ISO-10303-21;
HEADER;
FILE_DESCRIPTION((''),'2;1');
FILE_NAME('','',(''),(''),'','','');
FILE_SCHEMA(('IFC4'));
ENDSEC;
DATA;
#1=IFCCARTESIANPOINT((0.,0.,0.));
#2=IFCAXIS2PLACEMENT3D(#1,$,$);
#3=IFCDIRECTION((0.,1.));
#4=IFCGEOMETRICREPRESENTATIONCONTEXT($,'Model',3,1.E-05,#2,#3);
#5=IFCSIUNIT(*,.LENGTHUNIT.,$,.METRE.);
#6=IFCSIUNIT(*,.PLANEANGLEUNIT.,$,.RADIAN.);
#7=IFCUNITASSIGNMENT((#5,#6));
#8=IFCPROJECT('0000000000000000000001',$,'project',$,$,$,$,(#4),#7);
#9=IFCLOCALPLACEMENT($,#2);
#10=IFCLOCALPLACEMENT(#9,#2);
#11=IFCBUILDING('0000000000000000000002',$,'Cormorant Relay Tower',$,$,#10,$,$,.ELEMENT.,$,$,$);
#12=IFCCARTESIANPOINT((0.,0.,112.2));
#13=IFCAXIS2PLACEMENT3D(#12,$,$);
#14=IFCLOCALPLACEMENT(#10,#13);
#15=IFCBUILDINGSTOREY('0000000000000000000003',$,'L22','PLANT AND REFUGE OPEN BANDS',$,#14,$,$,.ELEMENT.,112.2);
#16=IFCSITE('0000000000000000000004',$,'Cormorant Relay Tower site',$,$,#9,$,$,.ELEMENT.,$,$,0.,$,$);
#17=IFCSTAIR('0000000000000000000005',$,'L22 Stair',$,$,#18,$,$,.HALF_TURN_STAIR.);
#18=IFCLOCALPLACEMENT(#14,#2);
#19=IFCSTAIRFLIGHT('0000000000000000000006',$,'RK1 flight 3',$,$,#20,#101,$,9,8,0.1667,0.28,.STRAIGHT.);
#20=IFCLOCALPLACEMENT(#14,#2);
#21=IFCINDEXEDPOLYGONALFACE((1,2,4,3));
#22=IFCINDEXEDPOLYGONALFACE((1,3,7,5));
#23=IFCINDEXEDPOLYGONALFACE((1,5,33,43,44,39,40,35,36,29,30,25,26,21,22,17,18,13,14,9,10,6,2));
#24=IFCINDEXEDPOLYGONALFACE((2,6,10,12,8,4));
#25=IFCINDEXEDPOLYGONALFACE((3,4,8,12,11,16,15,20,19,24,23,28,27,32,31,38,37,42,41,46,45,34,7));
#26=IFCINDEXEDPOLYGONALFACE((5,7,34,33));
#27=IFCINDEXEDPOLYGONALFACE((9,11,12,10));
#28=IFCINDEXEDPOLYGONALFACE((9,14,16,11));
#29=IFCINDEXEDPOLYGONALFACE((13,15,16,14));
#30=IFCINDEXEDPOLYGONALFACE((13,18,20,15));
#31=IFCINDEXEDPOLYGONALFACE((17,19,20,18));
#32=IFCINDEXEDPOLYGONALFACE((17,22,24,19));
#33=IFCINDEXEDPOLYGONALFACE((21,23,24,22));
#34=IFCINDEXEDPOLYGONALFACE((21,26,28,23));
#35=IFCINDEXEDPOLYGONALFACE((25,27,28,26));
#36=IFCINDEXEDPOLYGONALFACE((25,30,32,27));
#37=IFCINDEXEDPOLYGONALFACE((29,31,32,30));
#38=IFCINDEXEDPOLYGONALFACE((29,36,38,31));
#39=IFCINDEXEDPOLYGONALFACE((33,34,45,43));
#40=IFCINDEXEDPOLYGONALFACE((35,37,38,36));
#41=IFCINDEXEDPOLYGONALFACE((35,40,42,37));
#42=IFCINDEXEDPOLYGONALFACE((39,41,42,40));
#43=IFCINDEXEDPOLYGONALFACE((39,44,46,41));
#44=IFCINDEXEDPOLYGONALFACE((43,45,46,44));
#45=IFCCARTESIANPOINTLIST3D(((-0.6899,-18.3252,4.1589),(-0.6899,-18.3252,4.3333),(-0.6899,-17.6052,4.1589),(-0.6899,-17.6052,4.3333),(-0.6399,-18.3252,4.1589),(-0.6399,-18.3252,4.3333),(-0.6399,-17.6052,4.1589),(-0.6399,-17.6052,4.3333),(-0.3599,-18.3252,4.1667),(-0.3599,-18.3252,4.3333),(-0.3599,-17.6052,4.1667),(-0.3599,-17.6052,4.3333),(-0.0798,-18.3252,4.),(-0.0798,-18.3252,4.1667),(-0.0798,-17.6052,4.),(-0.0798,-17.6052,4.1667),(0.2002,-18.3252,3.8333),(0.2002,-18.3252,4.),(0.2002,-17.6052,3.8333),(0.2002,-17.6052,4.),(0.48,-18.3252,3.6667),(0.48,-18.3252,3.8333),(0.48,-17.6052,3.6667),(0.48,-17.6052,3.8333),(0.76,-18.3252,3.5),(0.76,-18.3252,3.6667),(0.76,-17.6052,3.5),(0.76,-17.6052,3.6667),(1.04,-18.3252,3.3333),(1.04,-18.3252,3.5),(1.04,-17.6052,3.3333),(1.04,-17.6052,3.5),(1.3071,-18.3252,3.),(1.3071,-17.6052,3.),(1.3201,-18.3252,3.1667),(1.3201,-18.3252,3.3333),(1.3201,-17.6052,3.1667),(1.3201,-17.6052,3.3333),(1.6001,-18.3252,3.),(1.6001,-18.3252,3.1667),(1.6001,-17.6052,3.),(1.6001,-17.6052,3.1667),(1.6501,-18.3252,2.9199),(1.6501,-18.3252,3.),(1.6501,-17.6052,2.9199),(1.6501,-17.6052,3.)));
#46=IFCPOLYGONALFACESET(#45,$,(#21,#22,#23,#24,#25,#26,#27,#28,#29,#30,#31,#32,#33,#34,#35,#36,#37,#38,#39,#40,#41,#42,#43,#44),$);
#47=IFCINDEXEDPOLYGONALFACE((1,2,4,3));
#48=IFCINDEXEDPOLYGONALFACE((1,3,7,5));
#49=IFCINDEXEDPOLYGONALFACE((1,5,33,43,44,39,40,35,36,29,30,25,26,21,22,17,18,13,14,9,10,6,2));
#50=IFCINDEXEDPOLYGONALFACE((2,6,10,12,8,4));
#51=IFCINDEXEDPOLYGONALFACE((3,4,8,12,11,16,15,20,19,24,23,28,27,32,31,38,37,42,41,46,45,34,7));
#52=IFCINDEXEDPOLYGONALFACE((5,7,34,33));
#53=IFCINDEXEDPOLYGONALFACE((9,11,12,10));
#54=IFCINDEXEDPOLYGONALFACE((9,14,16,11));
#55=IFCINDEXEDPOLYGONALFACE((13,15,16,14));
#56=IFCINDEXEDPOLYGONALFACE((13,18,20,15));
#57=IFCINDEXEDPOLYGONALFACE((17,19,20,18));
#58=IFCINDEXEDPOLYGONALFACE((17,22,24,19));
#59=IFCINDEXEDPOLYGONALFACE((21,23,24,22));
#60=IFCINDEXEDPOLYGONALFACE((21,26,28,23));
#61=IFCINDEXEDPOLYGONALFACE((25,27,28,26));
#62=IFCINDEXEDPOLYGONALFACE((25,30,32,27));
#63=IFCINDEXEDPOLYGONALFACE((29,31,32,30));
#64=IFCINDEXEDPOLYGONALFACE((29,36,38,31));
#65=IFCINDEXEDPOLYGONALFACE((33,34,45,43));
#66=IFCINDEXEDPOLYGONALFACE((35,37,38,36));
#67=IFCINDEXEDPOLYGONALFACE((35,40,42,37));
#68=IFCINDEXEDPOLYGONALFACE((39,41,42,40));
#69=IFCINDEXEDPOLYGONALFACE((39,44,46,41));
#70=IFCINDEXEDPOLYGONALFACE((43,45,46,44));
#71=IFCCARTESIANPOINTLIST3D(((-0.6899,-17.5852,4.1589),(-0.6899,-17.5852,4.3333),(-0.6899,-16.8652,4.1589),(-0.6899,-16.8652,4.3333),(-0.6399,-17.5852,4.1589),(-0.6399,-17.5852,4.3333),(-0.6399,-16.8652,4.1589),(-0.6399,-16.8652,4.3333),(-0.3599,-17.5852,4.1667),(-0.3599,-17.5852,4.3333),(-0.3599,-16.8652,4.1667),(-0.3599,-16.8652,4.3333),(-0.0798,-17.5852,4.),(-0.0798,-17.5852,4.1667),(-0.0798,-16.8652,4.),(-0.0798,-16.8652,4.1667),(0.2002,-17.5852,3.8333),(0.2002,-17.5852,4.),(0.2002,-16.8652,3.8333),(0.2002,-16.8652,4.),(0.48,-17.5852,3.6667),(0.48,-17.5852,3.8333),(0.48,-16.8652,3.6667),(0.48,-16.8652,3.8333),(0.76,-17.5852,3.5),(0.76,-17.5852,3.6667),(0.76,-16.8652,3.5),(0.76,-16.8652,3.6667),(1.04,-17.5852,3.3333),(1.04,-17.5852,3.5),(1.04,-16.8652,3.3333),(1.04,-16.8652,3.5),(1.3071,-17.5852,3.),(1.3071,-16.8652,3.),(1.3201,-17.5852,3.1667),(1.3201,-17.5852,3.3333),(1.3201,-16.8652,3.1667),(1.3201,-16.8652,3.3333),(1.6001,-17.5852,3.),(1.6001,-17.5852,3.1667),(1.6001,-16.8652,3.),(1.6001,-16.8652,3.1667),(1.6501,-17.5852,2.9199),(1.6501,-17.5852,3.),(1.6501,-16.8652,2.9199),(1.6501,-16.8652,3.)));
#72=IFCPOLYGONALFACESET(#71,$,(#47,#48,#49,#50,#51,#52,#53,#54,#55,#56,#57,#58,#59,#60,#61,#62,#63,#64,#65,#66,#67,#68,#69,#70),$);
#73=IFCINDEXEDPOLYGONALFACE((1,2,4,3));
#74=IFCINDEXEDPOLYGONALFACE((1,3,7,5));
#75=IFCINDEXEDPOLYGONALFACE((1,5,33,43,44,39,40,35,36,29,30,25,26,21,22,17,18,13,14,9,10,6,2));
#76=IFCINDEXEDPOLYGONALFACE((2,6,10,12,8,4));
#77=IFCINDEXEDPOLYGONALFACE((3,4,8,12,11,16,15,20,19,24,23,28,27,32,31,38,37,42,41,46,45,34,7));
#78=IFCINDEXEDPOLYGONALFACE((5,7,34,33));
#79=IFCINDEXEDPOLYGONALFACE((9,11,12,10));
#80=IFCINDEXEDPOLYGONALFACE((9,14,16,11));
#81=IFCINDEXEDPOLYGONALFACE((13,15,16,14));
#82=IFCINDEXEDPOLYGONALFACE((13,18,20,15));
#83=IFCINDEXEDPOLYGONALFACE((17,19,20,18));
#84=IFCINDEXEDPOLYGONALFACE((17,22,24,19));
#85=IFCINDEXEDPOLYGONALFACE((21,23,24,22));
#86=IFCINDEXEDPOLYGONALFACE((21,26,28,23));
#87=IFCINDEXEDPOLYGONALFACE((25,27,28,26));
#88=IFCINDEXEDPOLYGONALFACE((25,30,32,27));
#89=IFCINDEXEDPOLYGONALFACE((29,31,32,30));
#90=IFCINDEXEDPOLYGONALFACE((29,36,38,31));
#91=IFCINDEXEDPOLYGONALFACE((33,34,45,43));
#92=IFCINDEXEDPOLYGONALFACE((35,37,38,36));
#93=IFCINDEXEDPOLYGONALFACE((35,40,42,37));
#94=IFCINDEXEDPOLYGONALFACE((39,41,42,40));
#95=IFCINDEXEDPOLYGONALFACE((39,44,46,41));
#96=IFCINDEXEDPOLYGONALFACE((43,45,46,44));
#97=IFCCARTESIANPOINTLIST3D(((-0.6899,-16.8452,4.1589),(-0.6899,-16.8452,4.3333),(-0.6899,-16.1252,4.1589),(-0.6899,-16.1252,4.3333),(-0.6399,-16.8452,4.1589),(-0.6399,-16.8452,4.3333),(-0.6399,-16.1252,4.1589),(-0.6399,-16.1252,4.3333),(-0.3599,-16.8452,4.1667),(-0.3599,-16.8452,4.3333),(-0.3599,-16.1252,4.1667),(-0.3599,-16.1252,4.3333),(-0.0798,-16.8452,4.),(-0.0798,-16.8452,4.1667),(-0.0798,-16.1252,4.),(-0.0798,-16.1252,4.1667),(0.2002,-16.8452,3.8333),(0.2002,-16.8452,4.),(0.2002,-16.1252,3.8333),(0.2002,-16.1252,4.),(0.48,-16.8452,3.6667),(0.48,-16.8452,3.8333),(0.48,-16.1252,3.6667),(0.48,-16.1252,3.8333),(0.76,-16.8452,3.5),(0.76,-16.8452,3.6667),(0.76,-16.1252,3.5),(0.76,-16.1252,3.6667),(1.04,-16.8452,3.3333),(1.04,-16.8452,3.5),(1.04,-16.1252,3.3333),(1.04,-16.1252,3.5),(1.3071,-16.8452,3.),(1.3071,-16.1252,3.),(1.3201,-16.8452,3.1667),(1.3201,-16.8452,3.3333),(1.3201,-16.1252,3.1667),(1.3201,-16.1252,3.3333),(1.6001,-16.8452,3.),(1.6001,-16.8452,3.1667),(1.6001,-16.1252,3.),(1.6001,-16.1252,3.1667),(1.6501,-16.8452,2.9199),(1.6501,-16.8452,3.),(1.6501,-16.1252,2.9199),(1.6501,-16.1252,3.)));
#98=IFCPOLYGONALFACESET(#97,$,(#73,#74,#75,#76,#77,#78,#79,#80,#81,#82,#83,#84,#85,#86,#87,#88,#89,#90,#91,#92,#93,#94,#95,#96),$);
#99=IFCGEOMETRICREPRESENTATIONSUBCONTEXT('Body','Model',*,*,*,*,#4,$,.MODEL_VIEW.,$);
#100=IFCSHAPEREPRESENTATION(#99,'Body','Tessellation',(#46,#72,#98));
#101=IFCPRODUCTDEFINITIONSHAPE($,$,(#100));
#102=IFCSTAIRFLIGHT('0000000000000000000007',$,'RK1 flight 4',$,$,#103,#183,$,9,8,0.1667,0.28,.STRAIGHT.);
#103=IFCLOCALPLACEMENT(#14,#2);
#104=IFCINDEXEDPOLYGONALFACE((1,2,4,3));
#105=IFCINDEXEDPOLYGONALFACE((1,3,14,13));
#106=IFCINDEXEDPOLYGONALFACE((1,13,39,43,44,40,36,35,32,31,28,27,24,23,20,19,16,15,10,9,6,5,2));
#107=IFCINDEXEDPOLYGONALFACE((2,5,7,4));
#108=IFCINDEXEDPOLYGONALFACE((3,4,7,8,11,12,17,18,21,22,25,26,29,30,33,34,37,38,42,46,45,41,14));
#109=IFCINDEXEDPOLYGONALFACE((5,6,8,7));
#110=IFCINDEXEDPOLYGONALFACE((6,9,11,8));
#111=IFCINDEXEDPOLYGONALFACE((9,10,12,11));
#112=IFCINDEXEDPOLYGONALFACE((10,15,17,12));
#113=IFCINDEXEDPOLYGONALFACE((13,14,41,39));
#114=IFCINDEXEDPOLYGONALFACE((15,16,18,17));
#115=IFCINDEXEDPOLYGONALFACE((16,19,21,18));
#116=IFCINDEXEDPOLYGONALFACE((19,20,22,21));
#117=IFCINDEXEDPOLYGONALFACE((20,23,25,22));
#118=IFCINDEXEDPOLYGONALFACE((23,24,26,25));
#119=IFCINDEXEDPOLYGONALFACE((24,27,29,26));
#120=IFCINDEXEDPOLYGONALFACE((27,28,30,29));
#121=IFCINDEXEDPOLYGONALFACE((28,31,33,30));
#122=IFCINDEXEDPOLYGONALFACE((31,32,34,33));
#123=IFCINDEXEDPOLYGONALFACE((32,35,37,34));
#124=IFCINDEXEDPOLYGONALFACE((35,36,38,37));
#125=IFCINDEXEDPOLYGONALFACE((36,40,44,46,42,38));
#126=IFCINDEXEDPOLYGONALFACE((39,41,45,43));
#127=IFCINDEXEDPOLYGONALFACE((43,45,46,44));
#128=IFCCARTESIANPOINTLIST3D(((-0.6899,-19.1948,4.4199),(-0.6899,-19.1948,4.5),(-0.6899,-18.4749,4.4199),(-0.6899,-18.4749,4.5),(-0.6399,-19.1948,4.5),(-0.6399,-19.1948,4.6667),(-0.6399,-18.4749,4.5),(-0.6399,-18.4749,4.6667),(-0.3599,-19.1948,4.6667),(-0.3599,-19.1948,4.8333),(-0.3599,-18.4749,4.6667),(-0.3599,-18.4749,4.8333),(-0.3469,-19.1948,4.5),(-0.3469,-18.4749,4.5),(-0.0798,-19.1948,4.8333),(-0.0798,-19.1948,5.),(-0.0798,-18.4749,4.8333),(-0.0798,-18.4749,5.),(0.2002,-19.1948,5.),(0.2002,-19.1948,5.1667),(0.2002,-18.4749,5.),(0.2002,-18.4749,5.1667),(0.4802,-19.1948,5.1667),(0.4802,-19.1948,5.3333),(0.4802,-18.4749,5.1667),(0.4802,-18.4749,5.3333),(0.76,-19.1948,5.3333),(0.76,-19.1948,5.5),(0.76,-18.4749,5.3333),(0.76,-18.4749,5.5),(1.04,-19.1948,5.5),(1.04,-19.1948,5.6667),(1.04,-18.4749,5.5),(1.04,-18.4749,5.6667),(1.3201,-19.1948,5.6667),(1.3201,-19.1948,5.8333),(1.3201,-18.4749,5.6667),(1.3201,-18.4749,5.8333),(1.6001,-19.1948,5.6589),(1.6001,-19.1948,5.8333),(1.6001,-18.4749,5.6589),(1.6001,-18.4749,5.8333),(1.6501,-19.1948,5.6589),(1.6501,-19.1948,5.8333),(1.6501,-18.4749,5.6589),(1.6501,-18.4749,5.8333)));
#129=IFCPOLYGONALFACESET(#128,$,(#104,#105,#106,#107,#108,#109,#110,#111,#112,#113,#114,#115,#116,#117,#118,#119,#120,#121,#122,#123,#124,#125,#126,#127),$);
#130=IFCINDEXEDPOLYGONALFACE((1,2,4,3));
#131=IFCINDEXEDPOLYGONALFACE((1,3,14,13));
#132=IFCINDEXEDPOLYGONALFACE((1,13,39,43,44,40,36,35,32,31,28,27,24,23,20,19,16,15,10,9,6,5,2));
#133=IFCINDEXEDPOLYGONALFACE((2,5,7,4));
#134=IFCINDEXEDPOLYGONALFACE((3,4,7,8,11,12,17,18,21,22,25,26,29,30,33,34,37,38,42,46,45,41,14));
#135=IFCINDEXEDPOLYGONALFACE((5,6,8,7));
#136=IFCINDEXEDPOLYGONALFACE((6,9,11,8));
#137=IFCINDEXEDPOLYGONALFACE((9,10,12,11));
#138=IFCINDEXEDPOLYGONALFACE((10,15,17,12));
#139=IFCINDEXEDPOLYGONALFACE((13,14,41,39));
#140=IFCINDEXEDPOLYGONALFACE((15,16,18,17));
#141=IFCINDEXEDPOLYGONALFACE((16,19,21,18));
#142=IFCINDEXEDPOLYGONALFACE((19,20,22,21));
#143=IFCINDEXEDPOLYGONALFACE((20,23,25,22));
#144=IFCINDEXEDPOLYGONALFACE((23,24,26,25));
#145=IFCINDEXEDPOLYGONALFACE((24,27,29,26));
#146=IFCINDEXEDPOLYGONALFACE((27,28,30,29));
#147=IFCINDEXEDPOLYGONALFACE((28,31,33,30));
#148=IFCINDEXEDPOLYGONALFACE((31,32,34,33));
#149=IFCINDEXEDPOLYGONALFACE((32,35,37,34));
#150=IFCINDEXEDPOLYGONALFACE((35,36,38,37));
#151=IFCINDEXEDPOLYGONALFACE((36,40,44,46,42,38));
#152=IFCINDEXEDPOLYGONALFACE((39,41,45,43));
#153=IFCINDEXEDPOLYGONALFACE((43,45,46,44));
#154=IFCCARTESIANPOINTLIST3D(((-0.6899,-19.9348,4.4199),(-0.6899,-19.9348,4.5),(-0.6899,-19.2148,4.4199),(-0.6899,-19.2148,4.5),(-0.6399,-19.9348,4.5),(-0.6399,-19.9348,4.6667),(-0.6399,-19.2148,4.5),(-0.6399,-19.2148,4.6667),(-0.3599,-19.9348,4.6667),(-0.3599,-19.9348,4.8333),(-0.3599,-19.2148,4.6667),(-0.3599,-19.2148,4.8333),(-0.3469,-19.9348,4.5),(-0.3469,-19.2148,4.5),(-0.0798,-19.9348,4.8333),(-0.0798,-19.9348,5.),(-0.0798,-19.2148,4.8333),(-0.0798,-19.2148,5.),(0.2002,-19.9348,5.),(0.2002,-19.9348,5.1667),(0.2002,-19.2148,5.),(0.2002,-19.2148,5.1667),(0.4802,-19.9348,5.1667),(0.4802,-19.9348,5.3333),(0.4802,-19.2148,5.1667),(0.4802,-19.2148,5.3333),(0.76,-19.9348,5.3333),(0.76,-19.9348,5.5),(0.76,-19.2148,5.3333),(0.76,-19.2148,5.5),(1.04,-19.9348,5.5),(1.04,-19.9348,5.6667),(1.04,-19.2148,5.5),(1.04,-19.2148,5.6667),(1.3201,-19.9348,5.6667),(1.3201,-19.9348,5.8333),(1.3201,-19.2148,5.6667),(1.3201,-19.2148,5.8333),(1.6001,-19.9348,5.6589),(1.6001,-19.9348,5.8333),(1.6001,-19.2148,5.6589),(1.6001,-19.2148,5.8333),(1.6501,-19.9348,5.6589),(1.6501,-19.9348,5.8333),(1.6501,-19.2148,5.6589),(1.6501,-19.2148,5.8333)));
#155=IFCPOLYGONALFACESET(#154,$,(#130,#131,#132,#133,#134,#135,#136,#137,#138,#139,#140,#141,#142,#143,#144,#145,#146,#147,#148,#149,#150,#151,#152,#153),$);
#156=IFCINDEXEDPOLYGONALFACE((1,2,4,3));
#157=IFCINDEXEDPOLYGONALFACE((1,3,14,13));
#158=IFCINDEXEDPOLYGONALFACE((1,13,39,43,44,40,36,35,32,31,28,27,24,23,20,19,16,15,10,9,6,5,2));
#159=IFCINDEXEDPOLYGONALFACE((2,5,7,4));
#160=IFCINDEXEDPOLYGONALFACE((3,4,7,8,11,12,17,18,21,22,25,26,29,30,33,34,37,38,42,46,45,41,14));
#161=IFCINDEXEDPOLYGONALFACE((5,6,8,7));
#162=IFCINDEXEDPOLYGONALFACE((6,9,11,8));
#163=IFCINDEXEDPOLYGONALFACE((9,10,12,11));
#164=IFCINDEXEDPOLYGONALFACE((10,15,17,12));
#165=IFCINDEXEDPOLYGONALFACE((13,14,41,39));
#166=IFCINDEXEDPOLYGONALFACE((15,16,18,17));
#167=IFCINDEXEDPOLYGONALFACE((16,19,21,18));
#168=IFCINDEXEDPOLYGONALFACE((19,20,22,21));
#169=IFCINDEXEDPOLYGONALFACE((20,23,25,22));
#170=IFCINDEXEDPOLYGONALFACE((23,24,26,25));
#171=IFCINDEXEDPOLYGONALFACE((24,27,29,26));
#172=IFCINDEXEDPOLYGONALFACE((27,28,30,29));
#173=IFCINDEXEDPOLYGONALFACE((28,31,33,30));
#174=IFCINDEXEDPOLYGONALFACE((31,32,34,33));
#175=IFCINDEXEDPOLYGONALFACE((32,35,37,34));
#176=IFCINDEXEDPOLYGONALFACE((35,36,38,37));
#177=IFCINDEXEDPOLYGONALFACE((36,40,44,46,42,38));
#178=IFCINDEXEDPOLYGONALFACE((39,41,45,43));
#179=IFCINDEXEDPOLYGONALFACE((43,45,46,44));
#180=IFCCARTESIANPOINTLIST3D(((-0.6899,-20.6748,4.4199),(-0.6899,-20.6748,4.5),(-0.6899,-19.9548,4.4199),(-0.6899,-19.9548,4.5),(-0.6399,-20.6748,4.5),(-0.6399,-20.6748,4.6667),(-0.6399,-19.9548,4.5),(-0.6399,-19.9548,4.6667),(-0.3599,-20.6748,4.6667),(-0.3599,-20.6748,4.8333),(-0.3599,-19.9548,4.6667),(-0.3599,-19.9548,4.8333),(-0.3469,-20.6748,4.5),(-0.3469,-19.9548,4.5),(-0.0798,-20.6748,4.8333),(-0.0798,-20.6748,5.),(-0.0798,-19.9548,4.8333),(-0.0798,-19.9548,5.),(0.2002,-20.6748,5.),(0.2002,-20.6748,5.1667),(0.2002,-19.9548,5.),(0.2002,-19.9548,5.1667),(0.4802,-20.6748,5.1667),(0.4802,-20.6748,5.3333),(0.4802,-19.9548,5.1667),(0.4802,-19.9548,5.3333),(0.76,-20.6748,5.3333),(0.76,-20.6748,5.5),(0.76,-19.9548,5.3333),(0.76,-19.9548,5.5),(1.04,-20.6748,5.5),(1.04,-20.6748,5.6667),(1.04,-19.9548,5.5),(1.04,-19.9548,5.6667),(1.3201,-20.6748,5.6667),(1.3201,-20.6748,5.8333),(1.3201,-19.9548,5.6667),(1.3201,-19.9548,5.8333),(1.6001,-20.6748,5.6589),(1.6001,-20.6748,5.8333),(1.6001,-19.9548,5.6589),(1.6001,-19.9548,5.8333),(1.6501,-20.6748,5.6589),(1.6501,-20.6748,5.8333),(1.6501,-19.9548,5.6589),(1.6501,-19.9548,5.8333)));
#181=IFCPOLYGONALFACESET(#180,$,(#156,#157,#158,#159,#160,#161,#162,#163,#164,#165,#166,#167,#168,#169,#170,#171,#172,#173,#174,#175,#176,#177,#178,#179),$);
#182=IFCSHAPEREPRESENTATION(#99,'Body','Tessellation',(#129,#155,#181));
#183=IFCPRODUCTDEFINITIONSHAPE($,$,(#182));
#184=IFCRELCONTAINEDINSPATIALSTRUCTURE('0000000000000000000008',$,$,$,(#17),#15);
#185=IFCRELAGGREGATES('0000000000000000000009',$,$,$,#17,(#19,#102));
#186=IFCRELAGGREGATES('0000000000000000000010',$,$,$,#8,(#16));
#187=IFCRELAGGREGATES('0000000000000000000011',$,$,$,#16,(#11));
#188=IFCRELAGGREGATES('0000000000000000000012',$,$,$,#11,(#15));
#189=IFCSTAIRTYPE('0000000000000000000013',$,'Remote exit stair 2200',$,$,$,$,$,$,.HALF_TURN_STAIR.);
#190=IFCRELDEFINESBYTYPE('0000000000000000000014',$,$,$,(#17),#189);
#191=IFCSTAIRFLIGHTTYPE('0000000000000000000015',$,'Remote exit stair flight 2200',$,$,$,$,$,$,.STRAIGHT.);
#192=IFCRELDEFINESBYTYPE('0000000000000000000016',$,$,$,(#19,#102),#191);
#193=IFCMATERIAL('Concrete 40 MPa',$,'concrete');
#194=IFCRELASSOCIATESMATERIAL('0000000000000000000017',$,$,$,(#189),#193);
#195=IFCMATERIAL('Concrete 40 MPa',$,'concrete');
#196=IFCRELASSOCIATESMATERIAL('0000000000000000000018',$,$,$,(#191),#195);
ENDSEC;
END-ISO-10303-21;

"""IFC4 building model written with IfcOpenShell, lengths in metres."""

from ifc_helpers import new_model, si_unit, direction, frame, origin, place, context, subcontext, project, spatial, polyline, outline, extrude, material, type_object, element, aggregate, save


model = new_model("IFC4")

# Units and contexts
model_context = context("Model", 3, precision=1e-05, world=origin(), true_north=direction((0.0, 1.0)))
body_context = subcontext(model_context, "Body", "Model", "MODEL_VIEW")
ifc_project = project(units=[si_unit("LENGTHUNIT", "METRE"), si_unit("PLANEANGLEUNIT", "RADIAN")], contexts=[model_context])

# Site, building, storey
site_placement = place(None, origin())
site = spatial("IfcSite", under=ifc_project, at=site_placement, Name="Cormorant Relay Tower site", CompositionType="ELEMENT", RefElevation=0.0)
building_placement = place(site_placement, origin())
building = spatial("IfcBuilding", under=site, at=building_placement, Name="Cormorant Relay Tower", CompositionType="ELEMENT")
storey_placement = place(building_placement, frame((0.0, 0.0, 112.2)))
storey = spatial("IfcBuildingStorey", under=building, at=storey_placement, Name="L22", Description="PLANT AND REFUGE OPEN BANDS", CompositionType="ELEMENT", Elevation=112.2)

# Stair, stair flights
ifc_material_1 = material(Name="Concrete 40 MPa", Category="concrete")
stair_type = type_object("IfcStairType", Name="Remote exit stair 2200", PredefinedType="HALF_TURN_STAIR", material=ifc_material_1)
stair_placement = place(storey_placement, origin())
stair = element("IfcStair", 1, at=stair_placement, inside=storey, type_object=stair_type, Name="L22 Stair", PredefinedType="HALF_TURN_STAIR")
ifc_material_2 = material(Name="Concrete 40 MPa", Category="concrete")
stair_flight_type = type_object("IfcStairFlightType", Name="Remote exit stair flight 2200", PredefinedType="STRAIGHT", material=ifc_material_2)
stair_flight_1_placement = place(storey_placement, frame((1.6001, -17.2251, 3.0), z_axis=(0.0, 0.0, 1.0), x_axis=(-1.0, 0.0, 0.0)))
stair_flight_1 = element("IfcStairFlight", 2, at=stair_flight_1_placement, type_object=stair_flight_type, Name="RK1 flight 3", NumberOfRisers=9, NumberOfTreads=8, PredefinedType="STRAIGHT", RiserHeight=0.1667, TreadLength=0.28, context=body_context, shape_type="SweptSolid", body=[
    extrude(outline(polyline([(-0.05, -0.0801), (-0.05, 0.0), (0.0, 0.0), (0.0, 0.1667), (0.28, 0.1667), (0.28, 0.3333), (0.5601, 0.3333), (0.5601, 0.5), (0.8401, 0.5), (0.8401, 0.6667), (1.1201, 0.6667), (1.1201, 0.8333), (1.3999, 0.8333), (1.3999, 1.0), (1.6799, 1.0), (1.6799, 1.1667), (1.96, 1.1667), (1.96, 1.3333), (2.24, 1.3333), (2.29, 1.3333), (2.29, 1.1589), (2.24, 1.1589), (0.293, 0.0), (-0.05, -0.0801)])), frame((0.0, 1.1001, 0.0), z_axis=(0.0, -1.0, 0.0), x_axis=(1.0, 0.0, 0.0)), (0.0, 0.0, 1.0), 0.72),
    extrude(outline(polyline([(-0.05, -0.0801), (-0.05, 0.0), (0.0, 0.0), (0.0, 0.1667), (0.28, 0.1667), (0.28, 0.3333), (0.5601, 0.3333), (0.5601, 0.5), (0.8401, 0.5), (0.8401, 0.6667), (1.1201, 0.6667), (1.1201, 0.8333), (1.3999, 0.8333), (1.3999, 1.0), (1.6799, 1.0), (1.6799, 1.1667), (1.96, 1.1667), (1.96, 1.3333), (2.24, 1.3333), (2.29, 1.3333), (2.29, 1.1589), (2.24, 1.1589), (0.293, 0.0), (-0.05, -0.0801)])), frame((0.0, 0.3601, 0.0), z_axis=(0.0, -1.0, 0.0), x_axis=(1.0, 0.0, 0.0)), (0.0, 0.0, 1.0), 0.72),
    extrude(outline(polyline([(-0.05, -0.0801), (-0.05, 0.0), (0.0, 0.0), (0.0, 0.1667), (0.28, 0.1667), (0.28, 0.3333), (0.5601, 0.3333), (0.5601, 0.5), (0.8401, 0.5), (0.8401, 0.6667), (1.1201, 0.6667), (1.1201, 0.8333), (1.3999, 0.8333), (1.3999, 1.0), (1.6799, 1.0), (1.6799, 1.1667), (1.96, 1.1667), (1.96, 1.3333), (2.24, 1.3333), (2.29, 1.3333), (2.29, 1.1589), (2.24, 1.1589), (0.293, 0.0), (-0.05, -0.0801)])), frame((0.0, -0.3799, 0.0), z_axis=(0.0, -1.0, 0.0), x_axis=(1.0, 0.0, 0.0)), (0.0, 0.0, 1.0), 0.72),
])
stair_flight_2_placement = place(storey_placement, frame((-0.6399, -19.575, 4.5), z_axis=(0.0, 0.0, 1.0), x_axis=(1.0, 0.0, 0.0)))
stair_flight_2 = element("IfcStairFlight", 3, at=stair_flight_2_placement, type_object=stair_flight_type, Name="RK1 flight 4", NumberOfRisers=9, NumberOfTreads=8, PredefinedType="STRAIGHT", RiserHeight=0.1667, TreadLength=0.28, context=body_context, shape_type="SweptSolid", body=[
    extrude(outline(polyline([(-0.05, -0.0801), (-0.05, 0.0), (0.0, 0.0), (0.0, 0.1667), (0.28, 0.1667), (0.28, 0.3333), (0.5601, 0.3333), (0.5601, 0.5), (0.8401, 0.5), (0.8401, 0.6667), (1.1201, 0.6667), (1.1201, 0.8333), (1.3999, 0.8333), (1.3999, 1.0), (1.6799, 1.0), (1.6799, 1.1667), (1.96, 1.1667), (1.96, 1.3333), (2.24, 1.3333), (2.29, 1.3333), (2.29, 1.1589), (2.24, 1.1589), (0.293, 0.0), (-0.05, -0.0801)])), frame((0.0, 1.1001, 0.0), z_axis=(0.0, -1.0, 0.0), x_axis=(1.0, 0.0, 0.0)), (0.0, 0.0, 1.0), 0.72),
    extrude(outline(polyline([(-0.05, -0.0801), (-0.05, 0.0), (0.0, 0.0), (0.0, 0.1667), (0.28, 0.1667), (0.28, 0.3333), (0.5601, 0.3333), (0.5601, 0.5), (0.8401, 0.5), (0.8401, 0.6667), (1.1201, 0.6667), (1.1201, 0.8333), (1.3999, 0.8333), (1.3999, 1.0), (1.6799, 1.0), (1.6799, 1.1667), (1.96, 1.1667), (1.96, 1.3333), (2.24, 1.3333), (2.29, 1.3333), (2.29, 1.1589), (2.24, 1.1589), (0.293, 0.0), (-0.05, -0.0801)])), frame((0.0, 0.3601, 0.0), z_axis=(0.0, -1.0, 0.0), x_axis=(1.0, 0.0, 0.0)), (0.0, 0.0, 1.0), 0.72),
    extrude(outline(polyline([(-0.05, -0.0801), (-0.05, 0.0), (0.0, 0.0), (0.0, 0.1667), (0.28, 0.1667), (0.28, 0.3333), (0.5601, 0.3333), (0.5601, 0.5), (0.8401, 0.5), (0.8401, 0.6667), (1.1201, 0.6667), (1.1201, 0.8333), (1.3999, 0.8333), (1.3999, 1.0), (1.6799, 1.0), (1.6799, 1.1667), (1.96, 1.1667), (1.96, 1.3333), (2.24, 1.3333), (2.29, 1.3333), (2.29, 1.1589), (2.24, 1.1589), (0.293, 0.0), (-0.05, -0.0801)])), frame((0.0, -0.3799, 0.0), z_axis=(0.0, -1.0, 0.0), x_axis=(1.0, 0.0, 0.0)), (0.0, 0.0, 1.0), 0.72),
])
aggregate(stair, [stair_flight_1, stair_flight_2])

save(model, "model.ifc")
